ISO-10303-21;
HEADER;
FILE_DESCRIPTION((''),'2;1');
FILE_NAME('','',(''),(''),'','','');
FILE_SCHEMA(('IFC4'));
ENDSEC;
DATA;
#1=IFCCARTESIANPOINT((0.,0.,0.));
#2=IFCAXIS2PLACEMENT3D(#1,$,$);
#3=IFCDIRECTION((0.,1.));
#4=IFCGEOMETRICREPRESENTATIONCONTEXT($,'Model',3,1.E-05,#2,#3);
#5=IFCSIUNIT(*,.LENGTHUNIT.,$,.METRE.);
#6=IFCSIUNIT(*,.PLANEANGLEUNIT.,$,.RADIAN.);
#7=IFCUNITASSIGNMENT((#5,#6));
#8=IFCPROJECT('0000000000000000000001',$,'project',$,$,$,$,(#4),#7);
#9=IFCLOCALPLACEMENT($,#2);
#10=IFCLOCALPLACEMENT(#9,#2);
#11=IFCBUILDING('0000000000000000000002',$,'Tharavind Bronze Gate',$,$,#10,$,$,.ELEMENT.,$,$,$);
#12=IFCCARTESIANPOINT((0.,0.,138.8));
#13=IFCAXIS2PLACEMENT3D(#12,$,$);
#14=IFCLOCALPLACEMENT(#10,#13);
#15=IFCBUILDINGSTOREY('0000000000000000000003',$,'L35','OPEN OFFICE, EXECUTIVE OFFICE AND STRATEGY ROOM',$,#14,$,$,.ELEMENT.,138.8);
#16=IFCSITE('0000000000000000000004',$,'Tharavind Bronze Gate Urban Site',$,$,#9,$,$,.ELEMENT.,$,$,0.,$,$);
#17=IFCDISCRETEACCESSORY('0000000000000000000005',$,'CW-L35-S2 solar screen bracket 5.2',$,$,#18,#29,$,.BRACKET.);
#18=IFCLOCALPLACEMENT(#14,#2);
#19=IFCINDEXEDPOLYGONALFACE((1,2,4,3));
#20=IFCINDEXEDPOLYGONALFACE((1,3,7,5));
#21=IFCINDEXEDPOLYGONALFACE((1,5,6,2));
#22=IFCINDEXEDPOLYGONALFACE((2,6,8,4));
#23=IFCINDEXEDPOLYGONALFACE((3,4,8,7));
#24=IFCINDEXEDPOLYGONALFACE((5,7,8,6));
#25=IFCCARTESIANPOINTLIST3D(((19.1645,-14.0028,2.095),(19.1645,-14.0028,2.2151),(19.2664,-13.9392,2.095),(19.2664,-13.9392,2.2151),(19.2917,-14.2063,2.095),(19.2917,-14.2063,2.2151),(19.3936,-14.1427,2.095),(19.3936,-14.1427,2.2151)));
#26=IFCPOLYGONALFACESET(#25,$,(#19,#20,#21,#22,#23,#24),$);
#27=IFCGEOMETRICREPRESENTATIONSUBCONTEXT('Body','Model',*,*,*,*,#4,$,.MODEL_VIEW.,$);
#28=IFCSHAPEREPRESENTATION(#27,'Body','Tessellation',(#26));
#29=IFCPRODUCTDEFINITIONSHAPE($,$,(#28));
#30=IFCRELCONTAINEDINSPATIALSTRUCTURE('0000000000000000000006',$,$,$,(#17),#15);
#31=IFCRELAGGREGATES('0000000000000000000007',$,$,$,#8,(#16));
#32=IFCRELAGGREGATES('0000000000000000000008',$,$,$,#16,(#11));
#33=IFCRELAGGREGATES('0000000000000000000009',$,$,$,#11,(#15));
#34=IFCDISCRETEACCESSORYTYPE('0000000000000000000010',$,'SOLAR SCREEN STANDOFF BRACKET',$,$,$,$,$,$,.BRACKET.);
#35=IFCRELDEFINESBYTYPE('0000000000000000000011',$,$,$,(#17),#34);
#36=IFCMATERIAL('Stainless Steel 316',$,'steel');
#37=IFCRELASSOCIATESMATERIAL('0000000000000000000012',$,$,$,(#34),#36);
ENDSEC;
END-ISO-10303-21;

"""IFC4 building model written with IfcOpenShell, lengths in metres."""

from ifc_helpers import new_model, si_unit, direction, frame, origin, origin_2d, place, context, subcontext, project, spatial, rectangle, extrude, material, type_object, element, save


model = new_model("IFC4")

# Units and contexts
model_context = context("Model", 3, precision=1e-05, world=origin(), true_north=direction((0.0, 1.0)))
body_context = subcontext(model_context, "Body", "Model", "MODEL_VIEW")
ifc_project = project(units=[si_unit("LENGTHUNIT", "METRE"), si_unit("PLANEANGLEUNIT", "RADIAN")], contexts=[model_context])

# Site, building, storey
site_placement = place(None, origin())
site = spatial("IfcSite", under=ifc_project, at=site_placement, Name="Tharavind Bronze Gate Urban Site", CompositionType="ELEMENT", RefElevation=0.0)
building_placement = place(site_placement, origin())
building = spatial("IfcBuilding", under=site, at=building_placement, Name="Tharavind Bronze Gate", CompositionType="ELEMENT")
storey_placement = place(building_placement, frame((0.0, 0.0, 138.8)))
storey = spatial("IfcBuildingStorey", under=building, at=storey_placement, Name="L35", Description="OPEN OFFICE, EXECUTIVE OFFICE AND STRATEGY ROOM", CompositionType="ELEMENT", Elevation=138.8)

# Discrete accessory
ifc_material_1 = material(Name="Stainless Steel 316", Category="steel")
discrete_accessory_type = type_object("IfcDiscreteAccessoryType", Name="SOLAR SCREEN STANDOFF BRACKET", PredefinedType="BRACKET", material=ifc_material_1)
for number, where, z_axis, x_axis, name in (
    (1, (19.2791, -14.0728, 2.095), (0.0, 0.0, 1.0), (0.848048, 0.529919, 0.0), "CW-L35-S2 solar screen bracket 5.2"),
):
    element("IfcDiscreteAccessory", number, at=place(storey_placement, frame(where, z_axis=z_axis, x_axis=x_axis)), inside=storey, type_object=discrete_accessory_type, Name=name, PredefinedType="BRACKET", context=body_context, shape_type="SweptSolid", body=[
        extrude(rectangle(XDim=0.1201, YDim=0.24, at=origin_2d()), origin(), (0.0, 0.0, 1.0), 0.1201),
    ])

save(model, "model.ifc")
